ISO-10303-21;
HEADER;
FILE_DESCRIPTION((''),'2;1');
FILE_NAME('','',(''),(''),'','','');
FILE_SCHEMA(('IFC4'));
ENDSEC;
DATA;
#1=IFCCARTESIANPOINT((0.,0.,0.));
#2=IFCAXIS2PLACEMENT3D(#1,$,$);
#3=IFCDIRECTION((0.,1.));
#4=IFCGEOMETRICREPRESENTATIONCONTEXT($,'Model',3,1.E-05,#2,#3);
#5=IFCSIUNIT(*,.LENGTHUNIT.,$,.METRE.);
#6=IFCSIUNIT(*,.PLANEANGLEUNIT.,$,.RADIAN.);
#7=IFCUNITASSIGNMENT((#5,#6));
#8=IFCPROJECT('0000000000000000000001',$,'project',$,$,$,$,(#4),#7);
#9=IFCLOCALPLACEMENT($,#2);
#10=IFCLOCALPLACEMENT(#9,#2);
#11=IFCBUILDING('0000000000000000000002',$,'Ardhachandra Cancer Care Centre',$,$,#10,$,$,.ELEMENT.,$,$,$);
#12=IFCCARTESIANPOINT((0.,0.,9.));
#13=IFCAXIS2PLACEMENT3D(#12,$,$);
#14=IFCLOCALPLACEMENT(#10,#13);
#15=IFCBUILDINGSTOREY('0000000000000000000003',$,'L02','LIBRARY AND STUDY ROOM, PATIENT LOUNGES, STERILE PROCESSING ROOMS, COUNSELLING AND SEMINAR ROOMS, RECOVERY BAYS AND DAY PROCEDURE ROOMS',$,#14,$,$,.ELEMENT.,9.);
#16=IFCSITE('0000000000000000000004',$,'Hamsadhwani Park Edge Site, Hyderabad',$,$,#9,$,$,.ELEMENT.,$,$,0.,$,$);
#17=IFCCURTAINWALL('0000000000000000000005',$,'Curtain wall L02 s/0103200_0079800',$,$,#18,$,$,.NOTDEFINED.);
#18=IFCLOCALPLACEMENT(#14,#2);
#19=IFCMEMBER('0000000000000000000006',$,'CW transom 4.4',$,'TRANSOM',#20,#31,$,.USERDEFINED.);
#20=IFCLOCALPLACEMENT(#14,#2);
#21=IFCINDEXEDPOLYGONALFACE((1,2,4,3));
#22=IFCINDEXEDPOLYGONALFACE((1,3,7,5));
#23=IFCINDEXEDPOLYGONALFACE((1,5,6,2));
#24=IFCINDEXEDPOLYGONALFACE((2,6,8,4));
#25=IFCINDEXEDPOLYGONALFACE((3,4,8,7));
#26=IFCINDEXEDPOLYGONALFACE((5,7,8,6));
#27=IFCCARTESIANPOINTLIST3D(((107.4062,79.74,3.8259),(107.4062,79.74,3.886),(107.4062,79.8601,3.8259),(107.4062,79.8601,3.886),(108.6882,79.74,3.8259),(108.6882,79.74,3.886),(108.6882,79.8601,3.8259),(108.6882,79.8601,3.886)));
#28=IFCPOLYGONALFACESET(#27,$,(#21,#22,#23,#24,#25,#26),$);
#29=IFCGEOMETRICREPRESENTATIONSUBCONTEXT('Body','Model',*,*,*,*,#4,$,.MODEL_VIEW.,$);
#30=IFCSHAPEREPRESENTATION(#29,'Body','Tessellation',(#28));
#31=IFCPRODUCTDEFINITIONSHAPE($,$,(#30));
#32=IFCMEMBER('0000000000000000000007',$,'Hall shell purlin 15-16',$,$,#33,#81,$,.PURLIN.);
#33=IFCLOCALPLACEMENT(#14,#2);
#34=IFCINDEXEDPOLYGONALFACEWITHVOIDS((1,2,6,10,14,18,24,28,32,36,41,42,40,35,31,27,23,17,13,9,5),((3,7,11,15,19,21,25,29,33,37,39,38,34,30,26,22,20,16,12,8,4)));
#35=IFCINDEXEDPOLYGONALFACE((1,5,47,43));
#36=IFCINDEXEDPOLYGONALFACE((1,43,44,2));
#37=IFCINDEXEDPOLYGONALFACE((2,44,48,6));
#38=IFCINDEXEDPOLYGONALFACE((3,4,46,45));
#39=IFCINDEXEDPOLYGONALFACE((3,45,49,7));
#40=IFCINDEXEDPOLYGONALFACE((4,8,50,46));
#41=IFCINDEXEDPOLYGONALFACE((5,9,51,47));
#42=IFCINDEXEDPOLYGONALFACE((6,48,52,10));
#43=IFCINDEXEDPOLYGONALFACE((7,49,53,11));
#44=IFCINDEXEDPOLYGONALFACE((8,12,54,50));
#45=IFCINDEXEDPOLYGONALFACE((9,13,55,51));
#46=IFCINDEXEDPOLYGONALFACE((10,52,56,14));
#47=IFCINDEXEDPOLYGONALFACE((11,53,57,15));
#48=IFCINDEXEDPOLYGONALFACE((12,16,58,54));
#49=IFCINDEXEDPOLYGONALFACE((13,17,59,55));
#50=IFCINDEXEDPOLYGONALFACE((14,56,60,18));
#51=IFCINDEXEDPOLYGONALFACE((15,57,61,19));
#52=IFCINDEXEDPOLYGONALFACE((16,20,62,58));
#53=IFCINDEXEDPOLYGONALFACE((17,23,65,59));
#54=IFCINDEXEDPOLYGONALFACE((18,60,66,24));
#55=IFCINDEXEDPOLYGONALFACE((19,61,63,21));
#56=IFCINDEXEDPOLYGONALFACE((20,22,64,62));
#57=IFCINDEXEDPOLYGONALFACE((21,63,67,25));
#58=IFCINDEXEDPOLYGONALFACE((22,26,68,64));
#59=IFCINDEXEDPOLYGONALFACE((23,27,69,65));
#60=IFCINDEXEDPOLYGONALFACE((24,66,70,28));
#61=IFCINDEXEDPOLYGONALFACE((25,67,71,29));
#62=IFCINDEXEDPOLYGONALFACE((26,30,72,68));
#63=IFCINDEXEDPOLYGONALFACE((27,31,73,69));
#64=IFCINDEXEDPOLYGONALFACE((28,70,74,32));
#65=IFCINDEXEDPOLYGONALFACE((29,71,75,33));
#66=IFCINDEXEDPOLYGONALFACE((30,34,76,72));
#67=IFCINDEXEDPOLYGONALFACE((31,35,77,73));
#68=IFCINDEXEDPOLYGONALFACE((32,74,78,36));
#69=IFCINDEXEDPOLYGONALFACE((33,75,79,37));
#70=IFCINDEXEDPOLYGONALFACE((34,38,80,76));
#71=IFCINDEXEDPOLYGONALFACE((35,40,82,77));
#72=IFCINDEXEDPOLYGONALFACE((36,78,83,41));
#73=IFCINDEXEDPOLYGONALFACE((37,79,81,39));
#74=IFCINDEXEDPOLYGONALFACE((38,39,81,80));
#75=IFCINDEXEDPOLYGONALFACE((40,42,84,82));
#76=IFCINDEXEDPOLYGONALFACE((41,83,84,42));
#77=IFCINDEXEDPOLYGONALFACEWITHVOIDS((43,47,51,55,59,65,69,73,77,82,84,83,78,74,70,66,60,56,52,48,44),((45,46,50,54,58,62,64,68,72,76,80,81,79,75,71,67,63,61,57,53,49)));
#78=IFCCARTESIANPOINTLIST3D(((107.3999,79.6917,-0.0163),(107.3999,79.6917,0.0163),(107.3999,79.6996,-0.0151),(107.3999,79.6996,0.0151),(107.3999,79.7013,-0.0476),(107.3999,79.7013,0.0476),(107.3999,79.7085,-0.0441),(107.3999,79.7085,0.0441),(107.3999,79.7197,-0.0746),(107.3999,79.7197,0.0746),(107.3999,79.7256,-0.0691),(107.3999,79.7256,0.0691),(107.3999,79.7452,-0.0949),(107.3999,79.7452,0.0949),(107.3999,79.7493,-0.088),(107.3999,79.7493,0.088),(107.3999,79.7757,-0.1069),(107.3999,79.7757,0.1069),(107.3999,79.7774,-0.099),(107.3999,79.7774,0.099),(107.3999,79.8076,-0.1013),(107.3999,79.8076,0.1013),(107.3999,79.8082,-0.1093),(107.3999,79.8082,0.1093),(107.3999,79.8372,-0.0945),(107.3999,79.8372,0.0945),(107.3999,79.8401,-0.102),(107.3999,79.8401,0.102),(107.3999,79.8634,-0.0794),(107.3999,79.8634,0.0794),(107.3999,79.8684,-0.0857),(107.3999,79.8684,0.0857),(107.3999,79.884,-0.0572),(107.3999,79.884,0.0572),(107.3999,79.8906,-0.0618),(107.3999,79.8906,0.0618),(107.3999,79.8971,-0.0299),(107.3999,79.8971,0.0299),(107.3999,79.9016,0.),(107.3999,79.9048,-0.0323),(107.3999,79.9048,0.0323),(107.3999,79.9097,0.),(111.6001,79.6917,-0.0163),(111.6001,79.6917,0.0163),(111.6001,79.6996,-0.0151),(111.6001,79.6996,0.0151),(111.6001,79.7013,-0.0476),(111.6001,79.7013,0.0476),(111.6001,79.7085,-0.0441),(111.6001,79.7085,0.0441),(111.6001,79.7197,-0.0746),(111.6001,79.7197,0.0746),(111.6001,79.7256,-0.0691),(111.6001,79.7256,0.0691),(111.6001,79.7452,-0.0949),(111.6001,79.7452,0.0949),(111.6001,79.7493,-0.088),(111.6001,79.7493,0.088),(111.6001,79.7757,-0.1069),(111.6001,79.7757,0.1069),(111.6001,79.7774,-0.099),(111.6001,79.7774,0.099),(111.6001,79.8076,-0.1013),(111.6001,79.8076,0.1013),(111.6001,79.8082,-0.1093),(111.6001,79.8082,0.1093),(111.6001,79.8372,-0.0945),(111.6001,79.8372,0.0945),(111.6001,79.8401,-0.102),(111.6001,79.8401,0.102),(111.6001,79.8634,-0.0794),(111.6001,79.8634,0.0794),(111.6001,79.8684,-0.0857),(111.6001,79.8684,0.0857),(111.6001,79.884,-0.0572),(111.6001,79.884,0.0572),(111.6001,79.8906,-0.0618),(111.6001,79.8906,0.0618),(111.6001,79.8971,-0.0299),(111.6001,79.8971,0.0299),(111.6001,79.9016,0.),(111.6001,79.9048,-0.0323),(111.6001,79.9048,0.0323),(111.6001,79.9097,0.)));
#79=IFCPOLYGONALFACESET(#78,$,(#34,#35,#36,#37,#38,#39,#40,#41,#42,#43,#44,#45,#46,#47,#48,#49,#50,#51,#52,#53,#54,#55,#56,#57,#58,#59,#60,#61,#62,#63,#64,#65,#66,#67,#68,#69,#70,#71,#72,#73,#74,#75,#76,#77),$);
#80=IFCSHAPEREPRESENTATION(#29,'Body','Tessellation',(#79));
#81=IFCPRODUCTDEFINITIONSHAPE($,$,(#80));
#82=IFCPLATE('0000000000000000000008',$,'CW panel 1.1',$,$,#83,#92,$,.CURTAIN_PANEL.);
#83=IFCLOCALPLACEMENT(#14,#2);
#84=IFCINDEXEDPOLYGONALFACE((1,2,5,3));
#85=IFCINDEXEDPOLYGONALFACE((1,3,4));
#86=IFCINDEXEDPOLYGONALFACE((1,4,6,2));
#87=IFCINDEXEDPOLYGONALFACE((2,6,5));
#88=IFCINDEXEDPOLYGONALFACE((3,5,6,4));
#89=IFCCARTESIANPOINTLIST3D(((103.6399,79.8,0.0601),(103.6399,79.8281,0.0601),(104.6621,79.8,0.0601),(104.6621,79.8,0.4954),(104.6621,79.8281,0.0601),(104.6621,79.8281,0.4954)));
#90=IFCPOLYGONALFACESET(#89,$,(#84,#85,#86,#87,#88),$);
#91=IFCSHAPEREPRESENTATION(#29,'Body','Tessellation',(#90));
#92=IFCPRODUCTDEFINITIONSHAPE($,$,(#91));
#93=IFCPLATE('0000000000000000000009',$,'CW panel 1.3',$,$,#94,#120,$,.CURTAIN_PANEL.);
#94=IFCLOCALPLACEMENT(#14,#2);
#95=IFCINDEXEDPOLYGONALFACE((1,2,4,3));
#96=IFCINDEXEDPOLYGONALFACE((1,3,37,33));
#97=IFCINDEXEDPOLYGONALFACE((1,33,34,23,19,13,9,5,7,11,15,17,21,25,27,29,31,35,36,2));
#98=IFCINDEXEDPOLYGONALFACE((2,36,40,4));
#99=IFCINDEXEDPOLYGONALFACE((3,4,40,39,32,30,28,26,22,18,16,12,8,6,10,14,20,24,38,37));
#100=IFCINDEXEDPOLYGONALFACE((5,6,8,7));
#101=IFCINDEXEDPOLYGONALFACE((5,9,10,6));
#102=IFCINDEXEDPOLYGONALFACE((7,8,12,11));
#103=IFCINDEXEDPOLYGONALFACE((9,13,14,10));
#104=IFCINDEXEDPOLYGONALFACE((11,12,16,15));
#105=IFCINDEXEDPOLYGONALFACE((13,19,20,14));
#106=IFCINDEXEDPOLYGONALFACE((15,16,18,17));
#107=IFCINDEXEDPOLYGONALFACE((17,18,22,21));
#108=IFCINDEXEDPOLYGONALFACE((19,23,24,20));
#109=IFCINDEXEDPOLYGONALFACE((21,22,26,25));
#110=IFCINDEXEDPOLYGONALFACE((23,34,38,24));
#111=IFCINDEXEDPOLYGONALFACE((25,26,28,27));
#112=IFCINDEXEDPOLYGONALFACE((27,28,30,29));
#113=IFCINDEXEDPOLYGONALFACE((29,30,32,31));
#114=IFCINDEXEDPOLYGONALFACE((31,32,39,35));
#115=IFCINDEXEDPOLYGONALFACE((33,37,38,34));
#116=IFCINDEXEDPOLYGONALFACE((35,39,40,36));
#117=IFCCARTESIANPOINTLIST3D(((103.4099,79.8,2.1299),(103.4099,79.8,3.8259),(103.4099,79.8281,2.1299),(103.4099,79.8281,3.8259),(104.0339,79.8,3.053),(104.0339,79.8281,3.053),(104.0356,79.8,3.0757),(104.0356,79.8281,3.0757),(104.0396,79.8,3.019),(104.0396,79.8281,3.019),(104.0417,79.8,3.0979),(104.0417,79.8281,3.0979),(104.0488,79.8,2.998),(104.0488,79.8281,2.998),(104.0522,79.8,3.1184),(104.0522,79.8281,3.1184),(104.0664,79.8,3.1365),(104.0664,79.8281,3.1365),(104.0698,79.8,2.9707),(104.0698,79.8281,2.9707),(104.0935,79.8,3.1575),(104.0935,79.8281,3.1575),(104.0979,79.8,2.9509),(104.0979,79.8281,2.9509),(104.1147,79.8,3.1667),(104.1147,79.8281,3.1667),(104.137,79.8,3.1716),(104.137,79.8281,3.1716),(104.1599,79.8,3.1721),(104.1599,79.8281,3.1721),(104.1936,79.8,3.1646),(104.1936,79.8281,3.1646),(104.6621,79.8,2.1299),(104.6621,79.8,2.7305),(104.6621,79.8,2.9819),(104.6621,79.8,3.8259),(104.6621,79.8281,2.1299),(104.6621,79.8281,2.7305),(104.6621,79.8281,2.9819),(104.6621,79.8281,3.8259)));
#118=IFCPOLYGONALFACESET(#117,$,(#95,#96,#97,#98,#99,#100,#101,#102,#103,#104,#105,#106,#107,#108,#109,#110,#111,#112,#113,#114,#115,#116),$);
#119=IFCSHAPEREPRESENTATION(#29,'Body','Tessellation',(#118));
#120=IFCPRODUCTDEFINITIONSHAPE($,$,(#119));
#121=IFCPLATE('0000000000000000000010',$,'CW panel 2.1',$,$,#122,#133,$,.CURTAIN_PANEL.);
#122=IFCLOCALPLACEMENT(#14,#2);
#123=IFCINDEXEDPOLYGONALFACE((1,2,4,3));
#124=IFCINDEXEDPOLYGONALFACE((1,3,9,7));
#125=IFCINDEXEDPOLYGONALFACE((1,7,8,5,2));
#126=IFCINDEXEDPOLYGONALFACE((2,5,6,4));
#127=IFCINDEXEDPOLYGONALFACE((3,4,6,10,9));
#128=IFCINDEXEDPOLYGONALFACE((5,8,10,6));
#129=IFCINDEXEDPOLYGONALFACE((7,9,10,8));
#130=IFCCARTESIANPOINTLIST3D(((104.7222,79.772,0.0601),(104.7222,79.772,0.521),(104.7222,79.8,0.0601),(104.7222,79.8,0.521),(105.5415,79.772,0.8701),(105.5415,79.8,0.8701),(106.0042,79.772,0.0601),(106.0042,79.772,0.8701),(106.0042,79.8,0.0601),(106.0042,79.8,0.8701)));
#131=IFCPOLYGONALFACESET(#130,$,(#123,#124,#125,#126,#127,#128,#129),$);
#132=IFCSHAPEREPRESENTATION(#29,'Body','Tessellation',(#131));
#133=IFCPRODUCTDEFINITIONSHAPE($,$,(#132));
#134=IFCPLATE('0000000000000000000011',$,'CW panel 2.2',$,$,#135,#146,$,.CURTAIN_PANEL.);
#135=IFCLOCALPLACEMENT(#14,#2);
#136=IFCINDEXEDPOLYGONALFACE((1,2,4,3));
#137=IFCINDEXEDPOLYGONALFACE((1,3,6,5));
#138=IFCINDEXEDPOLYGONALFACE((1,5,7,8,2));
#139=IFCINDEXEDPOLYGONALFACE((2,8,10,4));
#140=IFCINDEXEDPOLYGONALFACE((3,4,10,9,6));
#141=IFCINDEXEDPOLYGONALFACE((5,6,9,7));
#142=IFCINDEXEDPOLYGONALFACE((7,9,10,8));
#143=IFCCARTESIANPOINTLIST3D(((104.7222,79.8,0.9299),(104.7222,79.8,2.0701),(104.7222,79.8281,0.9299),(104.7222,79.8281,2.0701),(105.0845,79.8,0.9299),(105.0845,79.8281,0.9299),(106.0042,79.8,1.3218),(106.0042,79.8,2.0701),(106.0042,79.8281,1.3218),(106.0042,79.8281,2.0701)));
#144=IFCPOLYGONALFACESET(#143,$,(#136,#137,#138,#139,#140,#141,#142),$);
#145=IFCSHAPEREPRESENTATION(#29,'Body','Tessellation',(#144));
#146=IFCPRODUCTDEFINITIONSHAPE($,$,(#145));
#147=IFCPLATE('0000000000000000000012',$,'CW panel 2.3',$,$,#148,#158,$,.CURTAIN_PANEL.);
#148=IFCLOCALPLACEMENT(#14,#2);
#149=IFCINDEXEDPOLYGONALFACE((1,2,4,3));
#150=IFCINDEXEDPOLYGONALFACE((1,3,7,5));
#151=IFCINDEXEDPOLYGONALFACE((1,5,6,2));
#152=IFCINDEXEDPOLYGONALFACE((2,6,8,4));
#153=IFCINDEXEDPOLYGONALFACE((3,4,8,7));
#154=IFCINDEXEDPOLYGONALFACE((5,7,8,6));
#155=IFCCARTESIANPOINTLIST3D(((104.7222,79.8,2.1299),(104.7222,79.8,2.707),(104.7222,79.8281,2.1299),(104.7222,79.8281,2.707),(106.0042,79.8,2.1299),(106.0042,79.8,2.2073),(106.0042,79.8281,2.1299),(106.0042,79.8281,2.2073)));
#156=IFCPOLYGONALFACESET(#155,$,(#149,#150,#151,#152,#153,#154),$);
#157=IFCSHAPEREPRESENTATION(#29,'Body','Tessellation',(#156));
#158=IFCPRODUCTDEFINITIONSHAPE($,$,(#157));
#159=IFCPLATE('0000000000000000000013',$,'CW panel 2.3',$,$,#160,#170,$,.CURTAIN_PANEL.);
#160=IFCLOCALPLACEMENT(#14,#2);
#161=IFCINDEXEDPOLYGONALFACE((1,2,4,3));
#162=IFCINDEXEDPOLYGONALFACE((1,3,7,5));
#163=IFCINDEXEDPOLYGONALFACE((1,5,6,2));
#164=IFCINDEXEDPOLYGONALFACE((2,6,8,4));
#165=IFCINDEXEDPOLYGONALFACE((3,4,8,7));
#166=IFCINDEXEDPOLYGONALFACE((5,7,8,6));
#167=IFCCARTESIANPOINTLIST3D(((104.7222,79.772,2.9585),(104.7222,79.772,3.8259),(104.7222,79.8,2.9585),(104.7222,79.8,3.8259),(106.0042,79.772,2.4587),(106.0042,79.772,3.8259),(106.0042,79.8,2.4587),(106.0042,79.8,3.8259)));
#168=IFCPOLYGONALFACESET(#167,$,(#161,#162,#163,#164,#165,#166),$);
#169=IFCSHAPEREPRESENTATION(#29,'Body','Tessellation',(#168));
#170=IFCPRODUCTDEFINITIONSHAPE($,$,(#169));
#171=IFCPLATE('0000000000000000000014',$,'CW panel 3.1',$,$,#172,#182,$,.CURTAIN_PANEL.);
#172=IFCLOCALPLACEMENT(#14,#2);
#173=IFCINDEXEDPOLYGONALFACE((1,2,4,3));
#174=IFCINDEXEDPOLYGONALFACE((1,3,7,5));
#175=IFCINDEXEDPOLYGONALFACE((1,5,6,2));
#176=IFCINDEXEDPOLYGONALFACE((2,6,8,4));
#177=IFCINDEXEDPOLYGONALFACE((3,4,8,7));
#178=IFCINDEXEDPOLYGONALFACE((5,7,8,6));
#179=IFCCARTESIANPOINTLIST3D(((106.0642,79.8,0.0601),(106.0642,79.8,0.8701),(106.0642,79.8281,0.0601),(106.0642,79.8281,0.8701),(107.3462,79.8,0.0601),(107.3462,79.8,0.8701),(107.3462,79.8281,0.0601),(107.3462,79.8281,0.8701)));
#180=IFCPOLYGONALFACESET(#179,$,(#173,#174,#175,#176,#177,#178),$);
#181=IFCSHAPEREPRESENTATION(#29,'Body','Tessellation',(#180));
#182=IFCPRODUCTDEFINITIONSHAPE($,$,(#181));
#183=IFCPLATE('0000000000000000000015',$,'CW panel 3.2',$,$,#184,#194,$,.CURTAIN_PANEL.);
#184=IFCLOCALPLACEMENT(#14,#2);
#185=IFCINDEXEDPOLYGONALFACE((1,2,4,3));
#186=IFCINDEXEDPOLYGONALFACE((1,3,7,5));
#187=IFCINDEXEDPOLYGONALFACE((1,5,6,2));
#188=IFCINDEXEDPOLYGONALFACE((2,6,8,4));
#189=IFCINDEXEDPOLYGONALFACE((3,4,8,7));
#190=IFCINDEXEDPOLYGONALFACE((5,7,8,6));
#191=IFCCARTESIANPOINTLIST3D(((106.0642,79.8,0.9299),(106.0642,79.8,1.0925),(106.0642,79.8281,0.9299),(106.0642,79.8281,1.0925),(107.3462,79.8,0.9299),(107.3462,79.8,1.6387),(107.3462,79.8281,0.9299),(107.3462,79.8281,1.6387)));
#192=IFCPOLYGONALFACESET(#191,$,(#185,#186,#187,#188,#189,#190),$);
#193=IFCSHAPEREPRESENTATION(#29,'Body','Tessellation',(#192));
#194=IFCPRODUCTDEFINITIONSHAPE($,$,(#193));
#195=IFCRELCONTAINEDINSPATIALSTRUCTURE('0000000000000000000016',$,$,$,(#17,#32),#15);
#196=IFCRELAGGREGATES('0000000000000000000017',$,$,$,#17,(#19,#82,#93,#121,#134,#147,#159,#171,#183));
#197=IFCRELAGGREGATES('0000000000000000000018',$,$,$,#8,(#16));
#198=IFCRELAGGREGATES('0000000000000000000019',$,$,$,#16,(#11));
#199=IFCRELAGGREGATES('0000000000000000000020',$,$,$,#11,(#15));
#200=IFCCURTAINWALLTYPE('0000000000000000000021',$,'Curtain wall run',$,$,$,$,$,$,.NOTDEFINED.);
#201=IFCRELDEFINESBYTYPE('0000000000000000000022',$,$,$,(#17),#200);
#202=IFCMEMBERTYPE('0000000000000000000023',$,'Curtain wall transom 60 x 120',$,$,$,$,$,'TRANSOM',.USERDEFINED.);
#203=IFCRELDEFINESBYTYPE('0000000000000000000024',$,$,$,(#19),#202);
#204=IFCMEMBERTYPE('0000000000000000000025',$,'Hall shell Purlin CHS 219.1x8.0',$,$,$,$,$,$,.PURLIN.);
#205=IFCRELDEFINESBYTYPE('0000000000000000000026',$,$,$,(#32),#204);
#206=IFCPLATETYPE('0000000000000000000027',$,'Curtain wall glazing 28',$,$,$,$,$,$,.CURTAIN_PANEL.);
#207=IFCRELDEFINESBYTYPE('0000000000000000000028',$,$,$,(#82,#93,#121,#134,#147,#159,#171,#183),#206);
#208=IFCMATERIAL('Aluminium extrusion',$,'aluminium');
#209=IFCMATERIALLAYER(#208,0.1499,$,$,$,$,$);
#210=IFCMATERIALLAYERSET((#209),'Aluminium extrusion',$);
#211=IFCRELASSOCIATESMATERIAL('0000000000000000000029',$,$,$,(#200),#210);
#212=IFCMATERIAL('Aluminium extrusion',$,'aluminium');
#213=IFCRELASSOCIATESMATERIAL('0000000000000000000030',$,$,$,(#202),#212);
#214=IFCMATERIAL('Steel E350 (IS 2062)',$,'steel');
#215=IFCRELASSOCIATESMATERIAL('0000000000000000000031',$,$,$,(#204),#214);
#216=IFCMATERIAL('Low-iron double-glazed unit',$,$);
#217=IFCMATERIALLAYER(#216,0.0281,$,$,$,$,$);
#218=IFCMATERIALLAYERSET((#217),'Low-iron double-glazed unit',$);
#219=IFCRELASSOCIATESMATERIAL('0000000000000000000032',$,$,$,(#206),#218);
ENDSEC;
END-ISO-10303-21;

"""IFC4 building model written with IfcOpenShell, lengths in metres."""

from ifc_helpers import new_model, si_unit, direction, frame, origin, origin_2d, place, context, subcontext, project, spatial, polyline, rectangle, hollow_circle, outline, extrude, material, layer, layer_set, material_profile, profile_set, type_object, element, aggregate, save


model = new_model("IFC4")

# Units and contexts
model_context = context("Model", 3, precision=1e-05, world=origin(), true_north=direction((0.0, 1.0)))
body_context = subcontext(model_context, "Body", "Model", "MODEL_VIEW")
ifc_project = project(units=[si_unit("LENGTHUNIT", "METRE"), si_unit("PLANEANGLEUNIT", "RADIAN")], contexts=[model_context])

# Site, building, storey
site_placement = place(None, origin())
site = spatial("IfcSite", under=ifc_project, at=site_placement, Name="Hamsadhwani Park Edge Site, Hyderabad", CompositionType="ELEMENT", RefElevation=0.0)
building_placement = place(site_placement, origin())
building = spatial("IfcBuilding", under=site, at=building_placement, Name="Ardhachandra Cancer Care Centre", CompositionType="ELEMENT")
storey_placement = place(building_placement, frame((0.0, 0.0, 9.0)))
storey = spatial("IfcBuildingStorey", under=building, at=storey_placement, Name="L02", Description="LIBRARY AND STUDY ROOM, PATIENT LOUNGES, STERILE PROCESSING ROOMS, COUNSELLING AND SEMINAR ROOMS, RECOVERY BAYS AND DAY PROCEDURE ROOMS", CompositionType="ELEMENT", Elevation=9.0)

# Curtain wall, member
ifc_material_1 = material(Name="Aluminium extrusion", Category="aluminium")
ifc_layer_1 = layer(ifc_material_1, 0.1499)
ifc_layer_set_1 = layer_set([ifc_layer_1], Name="Aluminium extrusion")
curtain_wall_type = type_object("IfcCurtainWallType", Name="Curtain wall run", PredefinedType="NOTDEFINED", material=ifc_layer_set_1)
curtain_wall_placement = place(storey_placement, origin())
curtain_wall = element("IfcCurtainWall", 1, at=curtain_wall_placement, inside=storey, type_object=curtain_wall_type, Name="Curtain wall L02 s/0103200_0079800", PredefinedType="NOTDEFINED")
ifc_material_2 = material(Name="Aluminium extrusion", Category="aluminium")
ifc_material_profile_1 = material_profile(ifc_material_2, rectangle(XDim=0.1201, YDim=0.0601, at=origin_2d()), Name="Curtain wall transom 60 x 120")
ifc_profile_set_1 = profile_set([ifc_material_profile_1], Name="Aluminium extrusion")
member_type_1 = type_object("IfcMemberType", Name="Curtain wall transom 60 x 120", ElementType="TRANSOM", PredefinedType="USERDEFINED", material=ifc_profile_set_1)
member_1_placement = place(storey_placement, frame((107.4062, 79.8, 3.856), z_axis=(1.0, 0.0, 0.0), x_axis=(0.0, 1.0, 0.0)))
member_1 = element("IfcMember", 2, at=member_1_placement, type_object=member_type_1, Name="CW transom 4.4", ObjectType="TRANSOM", PredefinedType="USERDEFINED", context=body_context, shape_type="SweptSolid", body=[
    extrude(rectangle(XDim=0.1201, YDim=0.0601, at=origin_2d()), origin(), (0.0, 0.0, 1.0), 1.282),
])

# Member
ifc_material_3 = material(Name="Steel E350 (IS 2062)", Category="steel")
ifc_material_profile_2 = material_profile(ifc_material_3, hollow_circle(Radius=0.1096, WallThickness=0.0081, at=origin_2d()), Name="CHS 219.1x8.0")
ifc_profile_set_2 = profile_set([ifc_material_profile_2], Name="Steel E350 (IS 2062)")
member_type_2 = type_object("IfcMemberType", Name="Hall shell Purlin CHS 219.1x8.0", PredefinedType="PURLIN", material=ifc_profile_set_2)
member_2_placement = place(storey_placement, frame((107.3999, 79.8, 0.0), z_axis=(1.0, 0.0, 0.0), x_axis=(0.0, 1.0, 0.0)))
element("IfcMember", 3, at=member_2_placement, inside=storey, type_object=member_type_2, Name="Hall shell purlin 15-16", PredefinedType="PURLIN", context=body_context, shape_type="SweptSolid", body=[
    extrude(hollow_circle(Radius=0.1096, WallThickness=0.0081, at=origin_2d()), origin(), (0.0, 0.0, 1.0), 4.2002),
])

# Plates
ifc_material_4 = material(Name="Low-iron double-glazed unit")
ifc_layer_2 = layer(ifc_material_4, 0.0281)
ifc_layer_set_2 = layer_set([ifc_layer_2], Name="Low-iron double-glazed unit")
plate_type = type_object("IfcPlateType", Name="Curtain wall glazing 28", PredefinedType="CURTAIN_PANEL", material=ifc_layer_set_2)
plate_1_placement = place(storey_placement, frame((104.6621, 79.8, 0.0601), z_axis=(0.0, 1.0, 0.0), x_axis=(-1.0, 0.0, 0.0)))
plate_1 = element("IfcPlate", 4, at=plate_1_placement, type_object=plate_type, Name="CW panel 1.1", PredefinedType="CURTAIN_PANEL", context=body_context, shape_type="SweptSolid", body=[
    extrude(outline(polyline([(0.0, 0.0), (1.0222, 0.0), (0.0, 0.4353), (0.0, 0.0)])), origin(), (0.0, 0.0, 1.0), 0.0281),
])
plate_2_placement = place(storey_placement, frame((104.6621, 79.8, 2.1299), z_axis=(0.0, 1.0, 0.0), x_axis=(-1.0, 0.0, 0.0)))
plate_2 = element("IfcPlate", 5, at=plate_2_placement, type_object=plate_type, Name="CW panel 1.3", PredefinedType="CURTAIN_PANEL", context=body_context, shape_type="SweptSolid", body=[
    extrude(outline(polyline([(0.0, 0.0), (1.2522, 0.0), (1.2522, 1.696), (0.0, 1.696), (0.0, 0.8521), (0.4685, 1.0347), (0.5022, 1.0422), (0.5251, 1.0417), (0.5474, 1.0369), (0.5686, 1.0276), (0.5957, 1.0066), (0.6099, 0.9885), (0.6204, 0.968), (0.6265, 0.9458), (0.6282, 0.9231), (0.6226, 0.8892), (0.6133, 0.8682), (0.5923, 0.8408), (0.5642, 0.821), (0.0, 0.6006), (0.0, 0.0)])), origin(), (0.0, 0.0, 1.0), 0.0281),
])
plate_3_placement = place(storey_placement, frame((106.0042, 79.8, 0.8701), z_axis=(0.0, 1.0, 0.0), x_axis=(0.0, 0.0, -1.0)))
plate_3 = element("IfcPlate", 6, at=plate_3_placement, type_object=plate_type, Name="CW panel 2.1", PredefinedType="CURTAIN_PANEL", context=body_context, shape_type="SweptSolid", body=[
    extrude(outline(polyline([(0.0, 0.0), (0.8101, 0.0), (0.8101, 1.282), (0.3491, 1.282), (0.0, 0.4626), (0.0, 0.0)])), frame((0.0, 0.0, -0.0281)), (0.0, 0.0, 1.0), 0.0281),
])
plate_4_placement = place(storey_placement, frame((104.7222, 79.8, 0.9299), z_axis=(0.0, 1.0, 0.0), x_axis=(0.0, 0.0, 1.0)))
plate_4 = element("IfcPlate", 7, at=plate_4_placement, type_object=plate_type, Name="CW panel 2.2", PredefinedType="CURTAIN_PANEL", context=body_context, shape_type="SweptSolid", body=[
    extrude(outline(polyline([(0.0, 0.0), (1.1401, 0.0), (1.1401, 1.282), (0.3918, 1.282), (0.0, 0.3623), (0.0, 0.0)])), origin(), (0.0, 0.0, 1.0), 0.0281),
])
plate_5_placement = place(storey_placement, frame((106.0042, 79.8, 2.1299), z_axis=(0.0, 1.0, 0.0), x_axis=(-1.0, 0.0, 0.0)))
plate_5 = element("IfcPlate", 8, at=plate_5_placement, type_object=plate_type, Name="CW panel 2.3", PredefinedType="CURTAIN_PANEL", context=body_context, shape_type="SweptSolid", body=[
    extrude(outline(polyline([(0.0, 0.0), (1.282, 0.0), (1.282, 0.5771), (0.0, 0.0774), (0.0, 0.0)])), origin(), (0.0, 0.0, 1.0), 0.0281),
])
plate_6_placement = place(storey_placement, frame((104.7222, 79.8, 3.8259), z_axis=(0.0, 1.0, 0.0), x_axis=(1.0, 0.0, 0.0)))
plate_6 = element("IfcPlate", 9, at=plate_6_placement, type_object=plate_type, Name="CW panel 2.3", PredefinedType="CURTAIN_PANEL", context=body_context, shape_type="SweptSolid", body=[
    extrude(outline(polyline([(0.0, 0.0), (1.282, 0.0), (1.282, 1.3672), (0.0, 0.8674), (0.0, 0.0)])), frame((0.0, 0.0, -0.0281)), (0.0, 0.0, 1.0), 0.0281),
])
plate_7_placement = place(storey_placement, frame((106.0642, 79.8, 0.0601), z_axis=(0.0, 1.0, 0.0), x_axis=(0.0, 0.0, 1.0)))
plate_7 = element("IfcPlate", 10, at=plate_7_placement, type_object=plate_type, Name="CW panel 3.1", PredefinedType="CURTAIN_PANEL", context=body_context, shape_type="SweptSolid", body=[
    extrude(outline(polyline([(0.0, 0.0), (0.8101, 0.0), (0.8101, 1.282), (0.0, 1.282), (0.0, 0.0)])), origin(), (0.0, 0.0, 1.0), 0.0281),
])
plate_8_placement = place(storey_placement, frame((107.3462, 79.8, 0.9299), z_axis=(0.0, 1.0, 0.0), x_axis=(-1.0, 0.0, 0.0)))
plate_8 = element("IfcPlate", 11, at=plate_8_placement, type_object=plate_type, Name="CW panel 3.2", PredefinedType="CURTAIN_PANEL", context=body_context, shape_type="SweptSolid", body=[
    extrude(outline(polyline([(0.0, 0.0), (1.282, 0.0), (1.282, 0.1626), (0.0, 0.7087), (0.0, 0.0)])), origin(), (0.0, 0.0, 1.0), 0.0281),
])
aggregate(curtain_wall, [member_1, plate_1, plate_2, plate_3, plate_4, plate_5, plate_6, plate_7, plate_8])

save(model, "model.ifc")
